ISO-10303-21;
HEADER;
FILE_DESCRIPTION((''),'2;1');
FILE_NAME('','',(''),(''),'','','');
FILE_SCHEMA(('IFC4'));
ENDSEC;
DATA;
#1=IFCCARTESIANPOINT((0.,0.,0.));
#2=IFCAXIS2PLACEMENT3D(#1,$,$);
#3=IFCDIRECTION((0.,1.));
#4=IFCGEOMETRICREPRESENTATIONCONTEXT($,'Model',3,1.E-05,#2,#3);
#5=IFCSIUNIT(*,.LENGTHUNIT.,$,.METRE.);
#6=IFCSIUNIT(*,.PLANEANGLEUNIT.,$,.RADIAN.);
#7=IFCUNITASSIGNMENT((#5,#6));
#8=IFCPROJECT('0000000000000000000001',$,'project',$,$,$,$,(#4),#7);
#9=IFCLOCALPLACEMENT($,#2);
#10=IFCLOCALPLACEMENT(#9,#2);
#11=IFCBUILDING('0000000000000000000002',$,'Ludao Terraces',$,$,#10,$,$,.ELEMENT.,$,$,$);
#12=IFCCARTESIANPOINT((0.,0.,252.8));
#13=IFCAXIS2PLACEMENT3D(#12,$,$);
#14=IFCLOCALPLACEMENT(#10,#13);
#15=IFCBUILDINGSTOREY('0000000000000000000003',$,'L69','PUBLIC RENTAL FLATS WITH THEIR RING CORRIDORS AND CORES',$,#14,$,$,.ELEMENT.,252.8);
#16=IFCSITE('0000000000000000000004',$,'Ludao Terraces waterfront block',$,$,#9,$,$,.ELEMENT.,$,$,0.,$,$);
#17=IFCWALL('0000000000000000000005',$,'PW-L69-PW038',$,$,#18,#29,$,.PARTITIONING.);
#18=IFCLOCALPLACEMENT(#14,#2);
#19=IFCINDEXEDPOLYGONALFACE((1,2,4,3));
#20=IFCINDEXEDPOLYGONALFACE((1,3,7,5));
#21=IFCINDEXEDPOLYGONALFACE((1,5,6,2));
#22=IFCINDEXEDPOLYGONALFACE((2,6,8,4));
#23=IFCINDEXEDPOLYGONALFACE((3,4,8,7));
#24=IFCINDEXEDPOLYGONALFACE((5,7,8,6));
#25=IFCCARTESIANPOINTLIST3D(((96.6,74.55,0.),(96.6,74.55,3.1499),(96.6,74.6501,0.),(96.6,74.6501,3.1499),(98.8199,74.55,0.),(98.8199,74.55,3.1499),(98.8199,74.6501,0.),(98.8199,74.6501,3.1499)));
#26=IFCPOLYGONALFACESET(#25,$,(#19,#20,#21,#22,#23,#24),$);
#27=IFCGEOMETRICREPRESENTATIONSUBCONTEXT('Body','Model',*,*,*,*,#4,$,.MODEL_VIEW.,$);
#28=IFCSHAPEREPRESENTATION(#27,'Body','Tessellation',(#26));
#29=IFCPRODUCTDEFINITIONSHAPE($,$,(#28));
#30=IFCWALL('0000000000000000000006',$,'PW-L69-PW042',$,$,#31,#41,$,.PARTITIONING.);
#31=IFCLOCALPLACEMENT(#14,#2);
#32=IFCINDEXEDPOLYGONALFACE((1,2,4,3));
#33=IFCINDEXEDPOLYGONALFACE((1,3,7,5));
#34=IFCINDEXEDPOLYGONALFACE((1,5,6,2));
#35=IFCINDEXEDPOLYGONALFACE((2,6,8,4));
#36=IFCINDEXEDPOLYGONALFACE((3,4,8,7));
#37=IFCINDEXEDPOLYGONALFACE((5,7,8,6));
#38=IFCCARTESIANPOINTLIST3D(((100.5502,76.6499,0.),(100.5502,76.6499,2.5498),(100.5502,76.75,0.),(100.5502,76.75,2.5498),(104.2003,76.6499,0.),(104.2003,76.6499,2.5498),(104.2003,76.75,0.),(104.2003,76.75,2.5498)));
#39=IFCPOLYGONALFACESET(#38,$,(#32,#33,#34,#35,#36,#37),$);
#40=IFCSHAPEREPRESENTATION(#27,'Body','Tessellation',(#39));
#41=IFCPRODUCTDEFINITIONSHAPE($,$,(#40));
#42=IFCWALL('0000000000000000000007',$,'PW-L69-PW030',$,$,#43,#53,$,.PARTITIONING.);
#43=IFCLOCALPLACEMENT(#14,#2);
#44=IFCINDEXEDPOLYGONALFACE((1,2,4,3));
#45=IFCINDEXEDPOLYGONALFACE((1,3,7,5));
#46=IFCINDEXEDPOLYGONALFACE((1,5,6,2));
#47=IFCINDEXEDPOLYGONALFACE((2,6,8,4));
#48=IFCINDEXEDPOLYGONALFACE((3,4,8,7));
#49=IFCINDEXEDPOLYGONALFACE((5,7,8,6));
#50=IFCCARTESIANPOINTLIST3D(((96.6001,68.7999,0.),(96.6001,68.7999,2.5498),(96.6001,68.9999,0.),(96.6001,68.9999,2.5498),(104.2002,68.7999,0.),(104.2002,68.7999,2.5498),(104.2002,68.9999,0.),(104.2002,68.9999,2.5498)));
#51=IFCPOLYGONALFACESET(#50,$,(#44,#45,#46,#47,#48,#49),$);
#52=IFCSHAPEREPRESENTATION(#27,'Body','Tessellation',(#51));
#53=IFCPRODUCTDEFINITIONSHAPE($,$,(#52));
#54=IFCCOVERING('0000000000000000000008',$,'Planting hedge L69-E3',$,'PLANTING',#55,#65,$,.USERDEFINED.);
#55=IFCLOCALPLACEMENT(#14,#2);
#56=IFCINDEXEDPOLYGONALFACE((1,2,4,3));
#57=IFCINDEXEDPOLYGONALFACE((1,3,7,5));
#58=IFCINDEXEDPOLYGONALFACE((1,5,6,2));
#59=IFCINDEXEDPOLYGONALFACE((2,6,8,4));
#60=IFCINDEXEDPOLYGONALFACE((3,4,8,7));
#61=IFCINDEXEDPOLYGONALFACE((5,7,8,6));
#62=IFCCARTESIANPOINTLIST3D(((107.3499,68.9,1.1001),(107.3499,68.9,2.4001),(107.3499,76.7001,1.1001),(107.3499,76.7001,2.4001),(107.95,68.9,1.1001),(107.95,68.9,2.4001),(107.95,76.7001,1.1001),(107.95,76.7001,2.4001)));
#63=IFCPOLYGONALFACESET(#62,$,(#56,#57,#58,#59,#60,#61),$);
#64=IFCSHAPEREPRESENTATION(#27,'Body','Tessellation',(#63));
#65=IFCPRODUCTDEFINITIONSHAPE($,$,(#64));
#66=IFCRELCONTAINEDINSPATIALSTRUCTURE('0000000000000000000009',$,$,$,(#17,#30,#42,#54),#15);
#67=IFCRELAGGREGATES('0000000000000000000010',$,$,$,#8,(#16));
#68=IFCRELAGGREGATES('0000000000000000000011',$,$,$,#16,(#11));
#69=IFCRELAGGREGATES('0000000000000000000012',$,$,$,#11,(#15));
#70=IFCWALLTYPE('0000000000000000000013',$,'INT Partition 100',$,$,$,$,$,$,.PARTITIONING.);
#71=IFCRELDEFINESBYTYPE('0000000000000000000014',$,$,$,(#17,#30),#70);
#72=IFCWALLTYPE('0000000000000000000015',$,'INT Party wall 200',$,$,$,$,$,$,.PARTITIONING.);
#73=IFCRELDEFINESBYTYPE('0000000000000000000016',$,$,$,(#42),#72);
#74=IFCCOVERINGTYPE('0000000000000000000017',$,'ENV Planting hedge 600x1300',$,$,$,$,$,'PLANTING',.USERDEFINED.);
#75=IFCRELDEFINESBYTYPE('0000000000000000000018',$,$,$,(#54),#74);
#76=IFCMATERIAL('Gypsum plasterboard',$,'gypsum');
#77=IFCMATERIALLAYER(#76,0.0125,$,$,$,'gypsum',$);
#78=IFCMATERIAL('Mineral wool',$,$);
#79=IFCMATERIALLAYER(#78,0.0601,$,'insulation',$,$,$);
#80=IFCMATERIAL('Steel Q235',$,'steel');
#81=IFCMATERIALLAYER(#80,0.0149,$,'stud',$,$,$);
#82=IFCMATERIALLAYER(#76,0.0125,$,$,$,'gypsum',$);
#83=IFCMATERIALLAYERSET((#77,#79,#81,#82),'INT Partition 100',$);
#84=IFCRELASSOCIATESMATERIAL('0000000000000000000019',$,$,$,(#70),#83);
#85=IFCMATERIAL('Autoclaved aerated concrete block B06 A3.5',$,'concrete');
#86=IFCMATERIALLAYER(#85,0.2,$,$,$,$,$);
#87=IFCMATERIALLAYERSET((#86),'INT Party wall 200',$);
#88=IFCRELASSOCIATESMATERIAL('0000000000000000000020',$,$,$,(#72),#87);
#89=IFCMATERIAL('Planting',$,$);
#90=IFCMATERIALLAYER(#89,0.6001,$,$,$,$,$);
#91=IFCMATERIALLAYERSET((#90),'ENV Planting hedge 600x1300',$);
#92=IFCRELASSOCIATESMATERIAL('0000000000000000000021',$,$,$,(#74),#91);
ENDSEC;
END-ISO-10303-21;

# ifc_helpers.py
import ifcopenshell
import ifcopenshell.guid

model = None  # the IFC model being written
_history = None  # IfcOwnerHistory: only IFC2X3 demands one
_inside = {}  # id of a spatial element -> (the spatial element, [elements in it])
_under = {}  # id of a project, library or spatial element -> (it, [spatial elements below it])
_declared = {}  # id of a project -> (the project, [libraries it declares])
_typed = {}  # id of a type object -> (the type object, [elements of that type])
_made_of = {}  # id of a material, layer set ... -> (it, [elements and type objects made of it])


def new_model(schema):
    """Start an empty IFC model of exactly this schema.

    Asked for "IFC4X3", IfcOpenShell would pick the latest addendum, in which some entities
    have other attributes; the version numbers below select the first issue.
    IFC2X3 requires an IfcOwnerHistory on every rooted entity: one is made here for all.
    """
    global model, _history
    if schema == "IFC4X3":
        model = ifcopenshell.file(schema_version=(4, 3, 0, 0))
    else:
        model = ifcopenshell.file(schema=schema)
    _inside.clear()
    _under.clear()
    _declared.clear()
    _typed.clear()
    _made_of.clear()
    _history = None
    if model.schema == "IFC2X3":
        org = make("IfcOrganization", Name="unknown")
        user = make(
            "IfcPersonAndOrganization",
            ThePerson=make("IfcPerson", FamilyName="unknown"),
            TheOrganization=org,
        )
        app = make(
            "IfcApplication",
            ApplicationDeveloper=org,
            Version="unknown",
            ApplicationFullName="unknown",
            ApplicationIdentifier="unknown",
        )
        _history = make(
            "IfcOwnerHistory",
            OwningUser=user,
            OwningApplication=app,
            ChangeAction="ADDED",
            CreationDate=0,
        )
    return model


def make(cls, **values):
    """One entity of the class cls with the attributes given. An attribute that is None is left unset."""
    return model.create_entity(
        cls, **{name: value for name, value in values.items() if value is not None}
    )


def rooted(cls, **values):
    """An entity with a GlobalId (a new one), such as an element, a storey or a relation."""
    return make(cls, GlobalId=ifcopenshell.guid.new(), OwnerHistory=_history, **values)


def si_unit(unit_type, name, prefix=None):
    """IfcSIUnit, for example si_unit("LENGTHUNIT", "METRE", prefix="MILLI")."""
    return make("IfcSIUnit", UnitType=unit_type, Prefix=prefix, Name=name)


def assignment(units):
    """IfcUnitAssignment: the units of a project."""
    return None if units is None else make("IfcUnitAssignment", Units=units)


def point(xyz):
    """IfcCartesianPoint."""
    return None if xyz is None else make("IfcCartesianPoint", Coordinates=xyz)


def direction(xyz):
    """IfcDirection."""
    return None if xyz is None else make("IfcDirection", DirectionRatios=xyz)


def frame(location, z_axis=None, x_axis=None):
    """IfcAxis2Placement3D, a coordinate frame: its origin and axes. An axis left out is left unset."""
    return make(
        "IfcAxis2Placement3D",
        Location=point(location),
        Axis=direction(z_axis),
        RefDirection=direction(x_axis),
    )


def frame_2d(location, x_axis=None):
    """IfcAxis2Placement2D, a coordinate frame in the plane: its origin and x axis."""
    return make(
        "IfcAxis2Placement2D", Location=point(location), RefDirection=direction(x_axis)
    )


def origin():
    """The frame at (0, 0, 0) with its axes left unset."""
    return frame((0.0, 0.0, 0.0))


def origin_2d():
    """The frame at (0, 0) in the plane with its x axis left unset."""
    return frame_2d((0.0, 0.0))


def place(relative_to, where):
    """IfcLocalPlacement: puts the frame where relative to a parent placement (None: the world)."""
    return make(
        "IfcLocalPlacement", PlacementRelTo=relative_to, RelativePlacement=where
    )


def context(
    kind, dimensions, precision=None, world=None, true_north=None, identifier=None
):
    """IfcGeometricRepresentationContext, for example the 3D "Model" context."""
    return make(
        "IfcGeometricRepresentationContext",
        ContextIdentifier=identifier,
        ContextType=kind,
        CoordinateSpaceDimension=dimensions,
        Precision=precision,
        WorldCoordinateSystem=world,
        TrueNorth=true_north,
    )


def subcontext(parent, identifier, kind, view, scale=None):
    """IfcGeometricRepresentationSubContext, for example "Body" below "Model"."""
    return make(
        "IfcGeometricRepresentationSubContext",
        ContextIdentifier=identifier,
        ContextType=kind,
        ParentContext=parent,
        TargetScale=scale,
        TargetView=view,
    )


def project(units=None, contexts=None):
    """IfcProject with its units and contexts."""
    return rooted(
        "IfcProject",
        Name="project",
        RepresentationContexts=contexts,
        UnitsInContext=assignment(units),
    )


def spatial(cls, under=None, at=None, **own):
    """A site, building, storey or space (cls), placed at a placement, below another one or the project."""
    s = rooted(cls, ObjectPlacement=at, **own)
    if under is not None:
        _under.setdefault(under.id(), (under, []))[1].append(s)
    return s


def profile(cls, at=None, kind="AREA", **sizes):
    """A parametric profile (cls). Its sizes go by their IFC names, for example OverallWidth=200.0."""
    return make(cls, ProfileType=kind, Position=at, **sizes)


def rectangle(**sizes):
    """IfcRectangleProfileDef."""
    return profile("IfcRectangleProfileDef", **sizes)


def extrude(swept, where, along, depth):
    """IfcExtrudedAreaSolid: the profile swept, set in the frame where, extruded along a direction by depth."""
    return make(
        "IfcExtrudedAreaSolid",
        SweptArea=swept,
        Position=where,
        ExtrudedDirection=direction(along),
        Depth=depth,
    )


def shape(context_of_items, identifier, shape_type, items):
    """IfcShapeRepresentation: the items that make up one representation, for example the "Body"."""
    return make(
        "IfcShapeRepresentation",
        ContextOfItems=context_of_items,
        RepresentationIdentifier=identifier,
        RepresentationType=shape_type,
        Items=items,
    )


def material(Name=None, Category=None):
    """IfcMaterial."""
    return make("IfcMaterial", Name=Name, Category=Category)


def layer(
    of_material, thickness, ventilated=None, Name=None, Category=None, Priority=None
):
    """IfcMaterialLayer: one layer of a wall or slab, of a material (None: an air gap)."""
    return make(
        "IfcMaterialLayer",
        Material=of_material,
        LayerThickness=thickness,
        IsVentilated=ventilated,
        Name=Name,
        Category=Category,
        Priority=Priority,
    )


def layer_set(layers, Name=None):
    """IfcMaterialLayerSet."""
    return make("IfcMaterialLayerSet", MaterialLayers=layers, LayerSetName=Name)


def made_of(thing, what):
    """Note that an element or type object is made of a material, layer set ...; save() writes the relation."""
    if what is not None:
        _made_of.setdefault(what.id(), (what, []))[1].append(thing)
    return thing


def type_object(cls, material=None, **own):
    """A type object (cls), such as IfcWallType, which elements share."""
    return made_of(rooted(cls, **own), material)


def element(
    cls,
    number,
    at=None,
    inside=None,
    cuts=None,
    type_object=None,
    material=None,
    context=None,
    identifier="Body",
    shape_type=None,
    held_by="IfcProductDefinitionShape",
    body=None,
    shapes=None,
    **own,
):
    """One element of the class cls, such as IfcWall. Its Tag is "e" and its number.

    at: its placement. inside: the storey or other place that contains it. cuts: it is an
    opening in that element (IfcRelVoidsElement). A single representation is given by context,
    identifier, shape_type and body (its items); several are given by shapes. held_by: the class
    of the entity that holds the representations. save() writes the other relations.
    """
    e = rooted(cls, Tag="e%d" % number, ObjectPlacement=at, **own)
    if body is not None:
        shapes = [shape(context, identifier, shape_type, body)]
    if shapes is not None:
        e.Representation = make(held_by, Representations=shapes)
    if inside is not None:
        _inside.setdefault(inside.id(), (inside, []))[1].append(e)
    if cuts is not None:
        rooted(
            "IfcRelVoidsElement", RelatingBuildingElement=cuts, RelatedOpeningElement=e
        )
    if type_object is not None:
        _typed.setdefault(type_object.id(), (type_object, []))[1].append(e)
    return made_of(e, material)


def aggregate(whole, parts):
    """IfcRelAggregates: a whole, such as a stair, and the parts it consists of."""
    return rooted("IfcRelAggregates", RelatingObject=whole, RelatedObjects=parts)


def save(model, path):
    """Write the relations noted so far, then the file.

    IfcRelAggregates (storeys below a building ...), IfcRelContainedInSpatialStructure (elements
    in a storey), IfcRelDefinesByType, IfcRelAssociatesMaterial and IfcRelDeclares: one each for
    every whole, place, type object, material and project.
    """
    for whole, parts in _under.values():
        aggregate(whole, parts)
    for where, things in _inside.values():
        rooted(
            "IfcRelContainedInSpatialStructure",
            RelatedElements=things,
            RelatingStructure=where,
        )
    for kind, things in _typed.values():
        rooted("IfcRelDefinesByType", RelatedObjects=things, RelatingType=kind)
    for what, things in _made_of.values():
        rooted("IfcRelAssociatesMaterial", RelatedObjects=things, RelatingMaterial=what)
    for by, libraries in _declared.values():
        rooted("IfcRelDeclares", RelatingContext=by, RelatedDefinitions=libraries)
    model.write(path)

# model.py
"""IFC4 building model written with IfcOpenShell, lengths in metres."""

from ifc_helpers import new_model, si_unit, direction, frame, frame_2d, origin, origin_2d, place, context, subcontext, project, spatial, rectangle, extrude, material, layer, layer_set, type_object, element, save


model = new_model("IFC4")

# Units and contexts
model_context = context("Model", 3, precision=1e-05, world=origin(), true_north=direction((0.0, 1.0)))
body_context = subcontext(model_context, "Body", "Model", "MODEL_VIEW")
ifc_project = project(units=[si_unit("LENGTHUNIT", "METRE"), si_unit("PLANEANGLEUNIT", "RADIAN")], contexts=[model_context])

# Site, building, storey
site_placement = place(None, origin())
site = spatial("IfcSite", under=ifc_project, at=site_placement, Name="Ludao Terraces waterfront block", CompositionType="ELEMENT", RefElevation=0.0)
building_placement = place(site_placement, origin())
building = spatial("IfcBuilding", under=site, at=building_placement, Name="Ludao Terraces", CompositionType="ELEMENT")
storey_placement = place(building_placement, frame((0.0, 0.0, 252.8)))
storey = spatial("IfcBuildingStorey", under=building, at=storey_placement, Name="L69", Description="PUBLIC RENTAL FLATS WITH THEIR RING CORRIDORS AND CORES", CompositionType="ELEMENT", Elevation=252.8)

# Shared definitions
ifc_material_1 = material(Name="Mineral wool")

# Walls
ifc_material_2 = material(Name="Gypsum plasterboard", Category="gypsum")
ifc_layer_1 = layer(ifc_material_2, 0.0125, Category="gypsum")
ifc_layer_2 = layer(ifc_material_1, 0.0601, Name="insulation")
ifc_material_3 = material(Name="Steel Q235", Category="steel")
ifc_layer_3 = layer(ifc_material_3, 0.0149, Name="stud")
ifc_layer_4 = layer(ifc_material_2, 0.0125, Category="gypsum")
ifc_layer_set_1 = layer_set([ifc_layer_1, ifc_layer_2, ifc_layer_3, ifc_layer_4], Name="INT Partition 100")
wall_type_1 = type_object("IfcWallType", Name="INT Partition 100", PredefinedType="PARTITIONING", material=ifc_layer_set_1)
wall_1_placement = place(storey_placement, frame((96.6001, 74.6001, 0.0), z_axis=(0.0, 0.0, 1.0), x_axis=(1.0, 0.0, 0.0)))
element("IfcWall", 1, at=wall_1_placement, inside=storey, type_object=wall_type_1, Name="PW-L69-PW038", PredefinedType="PARTITIONING", context=body_context, shape_type="SweptSolid", body=[
    extrude(rectangle(XDim=2.22, YDim=0.1001, at=frame_2d((1.1099, 0.0))), origin(), (0.0, 0.0, 1.0), 3.1499),
])
wall_2_placement = place(storey_placement, frame((100.55, 76.7, 0.0), z_axis=(0.0, 0.0, 1.0), x_axis=(1.0, 0.0, 0.0)))
element("IfcWall", 2, at=wall_2_placement, inside=storey, type_object=wall_type_1, Name="PW-L69-PW042", PredefinedType="PARTITIONING", context=body_context, shape_type="SweptSolid", body=[
    extrude(rectangle(XDim=3.6501, YDim=0.1001, at=frame_2d((1.8252, 0.0))), origin(), (0.0, 0.0, 1.0), 2.5498),
])
ifc_material_4 = material(Name="Autoclaved aerated concrete block B06 A3.5", Category="concrete")
ifc_layer_5 = layer(ifc_material_4, 0.2)
ifc_layer_set_2 = layer_set([ifc_layer_5], Name="INT Party wall 200")
wall_type_2 = type_object("IfcWallType", Name="INT Party wall 200", PredefinedType="PARTITIONING", material=ifc_layer_set_2)
wall_3_placement = place(storey_placement, frame((96.6001, 68.8999, 0.0), z_axis=(0.0, 0.0, 1.0), x_axis=(1.0, 0.0, 0.0)))
element("IfcWall", 3, at=wall_3_placement, inside=storey, type_object=wall_type_2, Name="PW-L69-PW030", PredefinedType="PARTITIONING", context=body_context, shape_type="SweptSolid", body=[
    extrude(rectangle(XDim=7.6001, YDim=0.2, at=frame_2d((3.8, 0.0))), origin(), (0.0, 0.0, 1.0), 2.5498),
])

# Covering
ifc_material_5 = material(Name="Planting")
ifc_layer_6 = layer(ifc_material_5, 0.6001)
ifc_layer_set_3 = layer_set([ifc_layer_6], Name="ENV Planting hedge 600x1300")
covering_type = type_object("IfcCoveringType", Name="ENV Planting hedge 600x1300", ElementType="PLANTING", PredefinedType="USERDEFINED", material=ifc_layer_set_3)
covering_placement = place(storey_placement, frame((107.6499, 72.8, 1.1001), z_axis=(0.0, 0.0, 1.0), x_axis=(1.0, 0.0, 0.0)))
element("IfcCovering", 4, at=covering_placement, inside=storey, type_object=covering_type, Name="Planting hedge L69-E3", ObjectType="PLANTING", PredefinedType="USERDEFINED", context=body_context, shape_type="SweptSolid", body=[
    extrude(rectangle(XDim=0.6001, YDim=7.8, at=origin_2d()), origin(), (0.0, 0.0, 1.0), 1.3),
])

save(model, "model.ifc")
